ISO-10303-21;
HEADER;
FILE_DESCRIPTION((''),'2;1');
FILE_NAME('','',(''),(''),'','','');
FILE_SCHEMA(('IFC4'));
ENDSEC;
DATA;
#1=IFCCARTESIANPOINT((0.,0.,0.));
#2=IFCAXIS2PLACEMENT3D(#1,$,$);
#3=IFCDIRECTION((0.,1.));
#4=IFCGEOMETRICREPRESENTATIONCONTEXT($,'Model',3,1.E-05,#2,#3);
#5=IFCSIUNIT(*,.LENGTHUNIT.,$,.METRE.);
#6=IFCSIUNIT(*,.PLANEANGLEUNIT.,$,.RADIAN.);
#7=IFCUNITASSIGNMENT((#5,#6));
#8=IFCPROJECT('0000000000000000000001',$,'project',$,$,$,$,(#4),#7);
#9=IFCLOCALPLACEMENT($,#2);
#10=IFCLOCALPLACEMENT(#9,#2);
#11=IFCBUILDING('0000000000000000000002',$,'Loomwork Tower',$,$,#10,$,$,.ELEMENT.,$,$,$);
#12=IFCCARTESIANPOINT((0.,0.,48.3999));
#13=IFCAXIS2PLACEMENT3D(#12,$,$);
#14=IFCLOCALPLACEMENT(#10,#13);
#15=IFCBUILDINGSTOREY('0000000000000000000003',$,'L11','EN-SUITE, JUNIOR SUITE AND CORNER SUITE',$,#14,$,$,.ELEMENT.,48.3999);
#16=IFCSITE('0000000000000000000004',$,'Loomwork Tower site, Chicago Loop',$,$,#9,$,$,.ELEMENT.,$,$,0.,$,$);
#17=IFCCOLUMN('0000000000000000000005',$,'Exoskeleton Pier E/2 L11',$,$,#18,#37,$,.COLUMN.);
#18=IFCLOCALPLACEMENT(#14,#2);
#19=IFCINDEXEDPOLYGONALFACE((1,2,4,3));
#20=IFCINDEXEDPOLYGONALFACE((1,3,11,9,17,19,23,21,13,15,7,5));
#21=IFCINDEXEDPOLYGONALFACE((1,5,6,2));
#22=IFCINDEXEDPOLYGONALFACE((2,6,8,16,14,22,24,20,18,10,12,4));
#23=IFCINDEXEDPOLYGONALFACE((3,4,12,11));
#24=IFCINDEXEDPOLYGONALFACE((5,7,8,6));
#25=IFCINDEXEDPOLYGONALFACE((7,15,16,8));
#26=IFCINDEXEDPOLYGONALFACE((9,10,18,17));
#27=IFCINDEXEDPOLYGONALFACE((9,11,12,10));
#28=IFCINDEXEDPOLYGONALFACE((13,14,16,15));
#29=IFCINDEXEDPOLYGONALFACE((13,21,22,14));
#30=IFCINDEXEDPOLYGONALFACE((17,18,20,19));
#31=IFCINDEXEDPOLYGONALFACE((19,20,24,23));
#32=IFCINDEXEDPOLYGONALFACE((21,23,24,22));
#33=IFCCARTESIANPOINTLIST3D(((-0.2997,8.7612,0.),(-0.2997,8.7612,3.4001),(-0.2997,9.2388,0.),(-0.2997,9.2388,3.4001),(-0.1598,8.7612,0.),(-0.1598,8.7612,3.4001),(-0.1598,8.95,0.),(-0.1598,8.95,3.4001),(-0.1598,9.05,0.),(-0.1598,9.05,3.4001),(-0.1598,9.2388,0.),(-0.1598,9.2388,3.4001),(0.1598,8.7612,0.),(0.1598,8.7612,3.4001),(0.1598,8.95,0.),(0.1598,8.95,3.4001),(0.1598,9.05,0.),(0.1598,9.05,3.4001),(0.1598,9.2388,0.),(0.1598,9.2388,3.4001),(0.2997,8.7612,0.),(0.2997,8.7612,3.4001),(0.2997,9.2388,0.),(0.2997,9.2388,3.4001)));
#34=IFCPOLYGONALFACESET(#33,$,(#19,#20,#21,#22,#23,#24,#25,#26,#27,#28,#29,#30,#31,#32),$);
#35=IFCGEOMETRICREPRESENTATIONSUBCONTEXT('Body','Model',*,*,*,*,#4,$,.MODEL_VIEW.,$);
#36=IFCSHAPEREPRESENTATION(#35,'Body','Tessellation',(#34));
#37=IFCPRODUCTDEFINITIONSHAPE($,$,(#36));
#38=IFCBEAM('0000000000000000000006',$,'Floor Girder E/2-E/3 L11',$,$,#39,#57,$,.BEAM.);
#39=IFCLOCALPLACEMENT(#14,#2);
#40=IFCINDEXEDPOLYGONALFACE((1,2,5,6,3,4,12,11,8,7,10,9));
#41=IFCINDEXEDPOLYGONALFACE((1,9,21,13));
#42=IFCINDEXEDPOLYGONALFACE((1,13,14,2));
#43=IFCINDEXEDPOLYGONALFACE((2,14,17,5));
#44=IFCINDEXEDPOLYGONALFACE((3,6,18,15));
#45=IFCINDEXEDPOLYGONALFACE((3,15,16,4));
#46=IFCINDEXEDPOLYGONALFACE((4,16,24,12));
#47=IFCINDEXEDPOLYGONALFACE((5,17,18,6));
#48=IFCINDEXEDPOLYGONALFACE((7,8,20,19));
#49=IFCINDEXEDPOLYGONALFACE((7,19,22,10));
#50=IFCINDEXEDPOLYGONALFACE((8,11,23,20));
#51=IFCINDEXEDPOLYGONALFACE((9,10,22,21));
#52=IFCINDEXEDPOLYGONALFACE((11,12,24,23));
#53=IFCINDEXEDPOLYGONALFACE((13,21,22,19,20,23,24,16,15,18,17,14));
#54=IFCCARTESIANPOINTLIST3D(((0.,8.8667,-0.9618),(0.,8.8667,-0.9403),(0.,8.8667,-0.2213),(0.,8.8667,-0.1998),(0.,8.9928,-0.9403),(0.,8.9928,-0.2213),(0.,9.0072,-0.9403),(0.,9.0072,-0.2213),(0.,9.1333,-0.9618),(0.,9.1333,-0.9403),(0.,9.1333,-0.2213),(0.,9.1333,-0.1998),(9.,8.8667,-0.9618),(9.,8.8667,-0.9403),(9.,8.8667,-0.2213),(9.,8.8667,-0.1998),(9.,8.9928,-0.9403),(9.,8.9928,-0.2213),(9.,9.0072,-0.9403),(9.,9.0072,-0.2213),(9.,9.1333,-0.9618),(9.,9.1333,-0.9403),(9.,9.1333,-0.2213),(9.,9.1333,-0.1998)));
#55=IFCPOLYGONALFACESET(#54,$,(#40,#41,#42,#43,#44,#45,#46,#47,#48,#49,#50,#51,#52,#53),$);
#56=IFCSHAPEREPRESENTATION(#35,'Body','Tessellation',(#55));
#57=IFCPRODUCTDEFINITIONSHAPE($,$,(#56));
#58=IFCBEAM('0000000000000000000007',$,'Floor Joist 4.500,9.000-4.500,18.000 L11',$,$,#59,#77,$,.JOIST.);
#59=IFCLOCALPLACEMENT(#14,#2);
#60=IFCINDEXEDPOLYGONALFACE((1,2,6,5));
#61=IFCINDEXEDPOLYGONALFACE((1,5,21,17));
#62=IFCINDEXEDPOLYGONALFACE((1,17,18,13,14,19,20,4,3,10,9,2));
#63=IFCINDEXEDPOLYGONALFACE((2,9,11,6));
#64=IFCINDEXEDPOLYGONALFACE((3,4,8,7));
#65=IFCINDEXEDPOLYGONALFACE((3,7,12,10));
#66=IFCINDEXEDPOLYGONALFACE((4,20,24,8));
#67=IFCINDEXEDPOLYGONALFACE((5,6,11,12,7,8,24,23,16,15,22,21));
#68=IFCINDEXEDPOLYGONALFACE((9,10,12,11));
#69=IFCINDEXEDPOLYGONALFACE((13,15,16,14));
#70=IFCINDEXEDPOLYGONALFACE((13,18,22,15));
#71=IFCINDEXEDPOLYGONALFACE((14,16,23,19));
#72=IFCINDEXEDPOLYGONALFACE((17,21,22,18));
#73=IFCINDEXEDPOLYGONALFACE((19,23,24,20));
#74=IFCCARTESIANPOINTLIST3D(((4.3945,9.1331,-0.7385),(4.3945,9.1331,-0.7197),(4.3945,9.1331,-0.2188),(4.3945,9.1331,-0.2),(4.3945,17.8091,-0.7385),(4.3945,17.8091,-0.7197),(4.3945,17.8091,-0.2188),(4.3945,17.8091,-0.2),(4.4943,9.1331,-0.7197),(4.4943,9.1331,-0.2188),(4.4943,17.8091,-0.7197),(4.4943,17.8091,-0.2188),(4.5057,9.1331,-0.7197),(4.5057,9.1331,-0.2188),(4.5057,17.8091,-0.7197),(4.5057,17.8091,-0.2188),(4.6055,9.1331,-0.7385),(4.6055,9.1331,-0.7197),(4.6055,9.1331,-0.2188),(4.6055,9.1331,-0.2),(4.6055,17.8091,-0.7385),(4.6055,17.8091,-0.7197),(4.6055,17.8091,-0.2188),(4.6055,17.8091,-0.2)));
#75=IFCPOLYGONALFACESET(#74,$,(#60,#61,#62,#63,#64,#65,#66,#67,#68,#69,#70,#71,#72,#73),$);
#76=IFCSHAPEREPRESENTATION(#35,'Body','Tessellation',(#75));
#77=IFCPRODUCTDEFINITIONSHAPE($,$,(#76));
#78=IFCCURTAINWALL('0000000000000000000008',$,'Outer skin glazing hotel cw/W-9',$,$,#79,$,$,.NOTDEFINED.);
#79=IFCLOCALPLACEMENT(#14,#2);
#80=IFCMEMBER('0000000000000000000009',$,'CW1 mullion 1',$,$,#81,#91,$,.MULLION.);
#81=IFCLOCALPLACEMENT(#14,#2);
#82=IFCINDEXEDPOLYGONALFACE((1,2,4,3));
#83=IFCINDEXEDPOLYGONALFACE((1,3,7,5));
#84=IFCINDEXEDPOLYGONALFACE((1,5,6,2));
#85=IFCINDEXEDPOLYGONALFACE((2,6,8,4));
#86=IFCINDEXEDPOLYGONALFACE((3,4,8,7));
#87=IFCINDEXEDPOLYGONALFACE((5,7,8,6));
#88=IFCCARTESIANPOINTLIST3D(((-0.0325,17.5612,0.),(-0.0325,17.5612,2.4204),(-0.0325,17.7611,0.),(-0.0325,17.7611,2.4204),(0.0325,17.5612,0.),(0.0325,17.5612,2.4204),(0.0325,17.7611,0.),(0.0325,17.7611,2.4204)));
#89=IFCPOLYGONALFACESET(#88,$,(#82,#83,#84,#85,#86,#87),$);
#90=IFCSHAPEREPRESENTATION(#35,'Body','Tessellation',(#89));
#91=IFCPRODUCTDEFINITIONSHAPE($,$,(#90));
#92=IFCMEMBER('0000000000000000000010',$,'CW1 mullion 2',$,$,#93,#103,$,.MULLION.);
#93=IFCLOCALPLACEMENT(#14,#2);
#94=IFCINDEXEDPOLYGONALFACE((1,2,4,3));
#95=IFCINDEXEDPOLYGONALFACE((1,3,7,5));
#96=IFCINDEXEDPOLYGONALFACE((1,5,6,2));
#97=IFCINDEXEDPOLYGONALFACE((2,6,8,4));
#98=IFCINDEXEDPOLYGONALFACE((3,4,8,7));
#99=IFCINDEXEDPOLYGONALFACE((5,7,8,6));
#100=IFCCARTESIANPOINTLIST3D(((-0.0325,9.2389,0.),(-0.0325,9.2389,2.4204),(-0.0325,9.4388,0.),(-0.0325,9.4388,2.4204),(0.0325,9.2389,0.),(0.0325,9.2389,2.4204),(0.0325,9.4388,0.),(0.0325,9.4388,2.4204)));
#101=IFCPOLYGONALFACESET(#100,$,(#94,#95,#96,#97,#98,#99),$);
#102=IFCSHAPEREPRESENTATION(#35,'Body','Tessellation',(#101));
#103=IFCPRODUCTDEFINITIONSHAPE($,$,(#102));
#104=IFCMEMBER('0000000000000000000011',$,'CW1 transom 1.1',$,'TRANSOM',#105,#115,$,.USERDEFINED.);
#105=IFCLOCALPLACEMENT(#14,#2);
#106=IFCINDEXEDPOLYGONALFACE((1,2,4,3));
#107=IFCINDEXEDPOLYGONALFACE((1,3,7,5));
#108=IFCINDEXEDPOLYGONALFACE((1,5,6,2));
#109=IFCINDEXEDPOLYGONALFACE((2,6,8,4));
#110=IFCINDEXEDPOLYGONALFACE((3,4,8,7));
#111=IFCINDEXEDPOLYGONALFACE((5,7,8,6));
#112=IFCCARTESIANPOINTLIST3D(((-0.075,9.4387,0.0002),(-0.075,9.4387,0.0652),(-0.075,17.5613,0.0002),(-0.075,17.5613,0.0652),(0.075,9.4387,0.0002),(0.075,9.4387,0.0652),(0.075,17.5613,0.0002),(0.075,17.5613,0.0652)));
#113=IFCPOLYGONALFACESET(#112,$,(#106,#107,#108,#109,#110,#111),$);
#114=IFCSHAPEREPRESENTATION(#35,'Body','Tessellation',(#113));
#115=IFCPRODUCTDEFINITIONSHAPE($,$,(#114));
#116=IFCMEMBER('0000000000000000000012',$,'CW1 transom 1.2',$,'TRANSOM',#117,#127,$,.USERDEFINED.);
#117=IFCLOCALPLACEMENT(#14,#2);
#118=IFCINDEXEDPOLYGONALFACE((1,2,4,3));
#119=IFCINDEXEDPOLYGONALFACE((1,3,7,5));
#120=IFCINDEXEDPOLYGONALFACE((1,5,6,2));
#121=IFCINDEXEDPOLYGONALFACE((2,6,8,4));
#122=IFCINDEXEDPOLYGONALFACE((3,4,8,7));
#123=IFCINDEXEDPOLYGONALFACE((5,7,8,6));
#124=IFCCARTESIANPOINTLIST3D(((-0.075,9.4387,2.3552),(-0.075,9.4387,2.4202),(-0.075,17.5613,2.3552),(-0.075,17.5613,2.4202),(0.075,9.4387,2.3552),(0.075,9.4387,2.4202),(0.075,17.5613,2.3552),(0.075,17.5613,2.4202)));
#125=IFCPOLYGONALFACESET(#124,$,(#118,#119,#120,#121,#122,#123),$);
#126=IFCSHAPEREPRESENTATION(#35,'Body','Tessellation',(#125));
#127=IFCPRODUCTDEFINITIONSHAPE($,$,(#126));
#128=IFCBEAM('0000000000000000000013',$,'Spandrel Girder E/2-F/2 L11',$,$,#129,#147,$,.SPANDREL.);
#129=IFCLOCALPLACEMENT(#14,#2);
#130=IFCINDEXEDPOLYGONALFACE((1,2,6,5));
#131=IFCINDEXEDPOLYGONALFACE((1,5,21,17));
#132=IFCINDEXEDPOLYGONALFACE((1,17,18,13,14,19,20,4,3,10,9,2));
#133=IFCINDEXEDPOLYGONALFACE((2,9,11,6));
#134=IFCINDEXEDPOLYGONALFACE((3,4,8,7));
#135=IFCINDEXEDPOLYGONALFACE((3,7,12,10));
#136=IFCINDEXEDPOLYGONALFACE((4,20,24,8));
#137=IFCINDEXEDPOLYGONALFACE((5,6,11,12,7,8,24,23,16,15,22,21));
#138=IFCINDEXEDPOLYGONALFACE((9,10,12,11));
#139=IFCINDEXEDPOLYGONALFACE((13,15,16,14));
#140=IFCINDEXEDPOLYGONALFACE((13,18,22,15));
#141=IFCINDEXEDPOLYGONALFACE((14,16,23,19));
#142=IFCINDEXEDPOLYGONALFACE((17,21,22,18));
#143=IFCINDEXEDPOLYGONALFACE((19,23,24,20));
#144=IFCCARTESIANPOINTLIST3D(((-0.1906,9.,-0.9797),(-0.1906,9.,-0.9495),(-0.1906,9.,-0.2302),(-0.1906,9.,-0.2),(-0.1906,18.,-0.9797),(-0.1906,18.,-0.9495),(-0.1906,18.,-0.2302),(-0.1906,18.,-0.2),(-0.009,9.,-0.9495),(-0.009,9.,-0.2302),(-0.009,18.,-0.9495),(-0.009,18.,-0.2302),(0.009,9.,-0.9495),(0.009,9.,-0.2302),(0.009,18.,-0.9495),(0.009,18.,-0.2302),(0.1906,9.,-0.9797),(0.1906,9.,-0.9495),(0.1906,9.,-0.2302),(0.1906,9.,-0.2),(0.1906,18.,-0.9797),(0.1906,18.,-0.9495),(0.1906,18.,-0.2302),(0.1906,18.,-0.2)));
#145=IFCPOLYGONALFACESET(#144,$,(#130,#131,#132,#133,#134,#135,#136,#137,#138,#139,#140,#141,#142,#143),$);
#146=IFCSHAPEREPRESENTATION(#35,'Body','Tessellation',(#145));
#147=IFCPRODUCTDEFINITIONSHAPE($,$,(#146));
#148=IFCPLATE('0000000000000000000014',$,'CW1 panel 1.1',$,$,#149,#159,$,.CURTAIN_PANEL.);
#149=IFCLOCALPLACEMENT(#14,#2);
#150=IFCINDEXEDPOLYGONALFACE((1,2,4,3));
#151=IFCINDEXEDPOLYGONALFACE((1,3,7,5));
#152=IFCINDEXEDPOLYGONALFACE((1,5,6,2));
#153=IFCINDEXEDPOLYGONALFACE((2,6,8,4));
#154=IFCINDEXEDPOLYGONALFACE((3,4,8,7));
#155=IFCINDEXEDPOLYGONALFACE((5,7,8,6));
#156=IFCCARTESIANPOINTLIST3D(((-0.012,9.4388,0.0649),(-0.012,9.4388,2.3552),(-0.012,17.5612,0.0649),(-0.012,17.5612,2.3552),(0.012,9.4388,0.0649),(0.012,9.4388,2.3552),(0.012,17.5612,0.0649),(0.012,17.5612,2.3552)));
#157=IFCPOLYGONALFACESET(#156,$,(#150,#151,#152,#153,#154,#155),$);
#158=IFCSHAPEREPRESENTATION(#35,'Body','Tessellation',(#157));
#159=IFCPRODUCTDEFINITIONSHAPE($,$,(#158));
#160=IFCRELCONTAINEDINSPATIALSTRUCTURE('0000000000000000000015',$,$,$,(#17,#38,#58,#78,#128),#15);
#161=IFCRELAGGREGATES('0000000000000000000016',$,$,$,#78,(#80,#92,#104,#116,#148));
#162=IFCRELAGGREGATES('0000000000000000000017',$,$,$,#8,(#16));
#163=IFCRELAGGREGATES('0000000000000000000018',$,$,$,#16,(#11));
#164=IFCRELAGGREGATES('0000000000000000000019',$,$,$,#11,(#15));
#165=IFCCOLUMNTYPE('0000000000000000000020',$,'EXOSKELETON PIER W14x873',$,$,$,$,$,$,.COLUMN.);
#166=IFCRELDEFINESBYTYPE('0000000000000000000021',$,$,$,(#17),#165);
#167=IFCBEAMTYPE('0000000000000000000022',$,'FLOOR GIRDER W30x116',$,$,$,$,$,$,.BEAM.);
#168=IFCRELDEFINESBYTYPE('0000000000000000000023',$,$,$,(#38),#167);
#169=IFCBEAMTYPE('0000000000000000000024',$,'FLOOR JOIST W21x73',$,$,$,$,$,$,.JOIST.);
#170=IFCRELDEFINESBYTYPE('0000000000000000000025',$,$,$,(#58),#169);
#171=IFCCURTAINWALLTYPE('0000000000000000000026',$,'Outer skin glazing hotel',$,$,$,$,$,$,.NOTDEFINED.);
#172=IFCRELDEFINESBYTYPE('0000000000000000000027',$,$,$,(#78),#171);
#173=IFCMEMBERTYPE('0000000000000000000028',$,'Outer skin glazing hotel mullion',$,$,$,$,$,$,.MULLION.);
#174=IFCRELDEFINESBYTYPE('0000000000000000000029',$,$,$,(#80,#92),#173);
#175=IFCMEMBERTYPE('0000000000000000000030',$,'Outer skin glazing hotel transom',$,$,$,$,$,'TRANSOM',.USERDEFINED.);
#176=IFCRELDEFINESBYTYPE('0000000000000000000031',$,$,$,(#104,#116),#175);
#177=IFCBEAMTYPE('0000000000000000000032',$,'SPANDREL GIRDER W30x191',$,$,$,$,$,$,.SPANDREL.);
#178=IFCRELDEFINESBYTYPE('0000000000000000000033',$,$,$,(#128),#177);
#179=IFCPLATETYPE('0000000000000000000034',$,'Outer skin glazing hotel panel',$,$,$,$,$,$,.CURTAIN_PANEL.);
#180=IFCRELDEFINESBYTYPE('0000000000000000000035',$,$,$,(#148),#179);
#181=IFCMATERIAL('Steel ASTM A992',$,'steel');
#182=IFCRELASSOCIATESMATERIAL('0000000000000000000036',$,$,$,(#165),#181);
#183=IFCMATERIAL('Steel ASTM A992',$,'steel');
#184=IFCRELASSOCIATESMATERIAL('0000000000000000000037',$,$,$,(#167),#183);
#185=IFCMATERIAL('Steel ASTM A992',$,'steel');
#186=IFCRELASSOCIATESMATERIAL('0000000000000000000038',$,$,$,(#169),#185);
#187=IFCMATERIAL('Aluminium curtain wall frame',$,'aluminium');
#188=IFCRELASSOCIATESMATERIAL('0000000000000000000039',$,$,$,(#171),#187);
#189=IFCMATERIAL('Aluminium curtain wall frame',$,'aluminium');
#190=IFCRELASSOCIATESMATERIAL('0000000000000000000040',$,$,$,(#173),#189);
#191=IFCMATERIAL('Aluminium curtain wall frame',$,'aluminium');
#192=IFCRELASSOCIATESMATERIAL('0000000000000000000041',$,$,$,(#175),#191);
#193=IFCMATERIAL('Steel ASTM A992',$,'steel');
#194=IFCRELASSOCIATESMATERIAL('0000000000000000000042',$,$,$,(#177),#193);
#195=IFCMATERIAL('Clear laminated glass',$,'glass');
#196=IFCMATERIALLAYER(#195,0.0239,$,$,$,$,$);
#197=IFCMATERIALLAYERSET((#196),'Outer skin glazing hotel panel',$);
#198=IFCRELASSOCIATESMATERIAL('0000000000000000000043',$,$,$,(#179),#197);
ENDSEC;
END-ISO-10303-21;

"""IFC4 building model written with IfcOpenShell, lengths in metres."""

from ifc_helpers import new_model, si_unit, direction, frame, origin, origin_2d, place, context, subcontext, project, spatial, rectangle, i_section, extrude, material, layer, layer_set, material_profile, profile_set, type_object, element, aggregate, save


model = new_model("IFC4")

# Units and contexts
model_context = context("Model", 3, precision=1e-05, world=origin(), true_north=direction((0.0, 1.0)))
body_context = subcontext(model_context, "Body", "Model", "MODEL_VIEW")
ifc_project = project(units=[si_unit("LENGTHUNIT", "METRE"), si_unit("PLANEANGLEUNIT", "RADIAN")], contexts=[model_context])

# Site, building, storey
site_placement = place(None, origin())
site = spatial("IfcSite", under=ifc_project, at=site_placement, Name="Loomwork Tower site, Chicago Loop", CompositionType="ELEMENT", RefElevation=0.0)
building_placement = place(site_placement, origin())
building = spatial("IfcBuilding", under=site, at=building_placement, Name="Loomwork Tower", CompositionType="ELEMENT")
storey_placement = place(building_placement, frame((0.0, 0.0, 48.3999)))
storey = spatial("IfcBuildingStorey", under=building, at=storey_placement, Name="L11", Description="EN-SUITE, JUNIOR SUITE AND CORNER SUITE", CompositionType="ELEMENT", Elevation=48.3999)

# Column
ifc_material_1 = material(Name="Steel ASTM A992", Category="steel")
ifc_material_profile_1 = material_profile(ifc_material_1, i_section(OverallWidth=0.4775, OverallDepth=0.5994, WebThickness=0.1001, FlangeThickness=0.1399, at=origin_2d()), Name="W14x873")
ifc_profile_set_1 = profile_set([ifc_material_profile_1], Name="Steel ASTM A992")
column_type = type_object("IfcColumnType", Name="EXOSKELETON PIER W14x873", PredefinedType="COLUMN", material=ifc_profile_set_1)
column_placement = place(storey_placement, frame((0.0, 9.0, 0.0), z_axis=(0.0, 0.0, 1.0), x_axis=(0.0, 1.0, 0.0)))
element("IfcColumn", 1, at=column_placement, inside=storey, type_object=column_type, Name="Exoskeleton Pier E/2 L11", PredefinedType="COLUMN", context=body_context, shape_type="SweptSolid", body=[
    extrude(i_section(OverallWidth=0.4775, OverallDepth=0.5994, WebThickness=0.1001, FlangeThickness=0.1399, at=origin_2d()), origin(), (0.0, 0.0, 1.0), 3.4001),
])

# Beams
ifc_material_2 = material(Name="Steel ASTM A992", Category="steel")
ifc_material_profile_2 = material_profile(ifc_material_2, i_section(OverallWidth=0.2666, OverallDepth=0.762, WebThickness=0.0144, FlangeThickness=0.0215, at=origin_2d()), Name="W30x116")
ifc_profile_set_2 = profile_set([ifc_material_profile_2], Name="Steel ASTM A992")
beam_type_1 = type_object("IfcBeamType", Name="FLOOR GIRDER W30x116", PredefinedType="BEAM", material=ifc_profile_set_2)
beam_1_placement = place(storey_placement, frame((0.0, 9.0, -0.5808), z_axis=(1.0, 0.0, 0.0), x_axis=(0.0, 1.0, 0.0)))
element("IfcBeam", 2, at=beam_1_placement, inside=storey, type_object=beam_type_1, Name="Floor Girder E/2-E/3 L11", PredefinedType="BEAM", context=body_context, shape_type="SweptSolid", body=[
    extrude(i_section(OverallWidth=0.2666, OverallDepth=0.762, WebThickness=0.0144, FlangeThickness=0.0215, at=origin_2d()), origin(), (0.0, 0.0, 1.0), 9.0),
])
ifc_material_3 = material(Name="Steel ASTM A992", Category="steel")
ifc_material_profile_3 = material_profile(ifc_material_3, i_section(OverallWidth=0.2109, OverallDepth=0.5386, WebThickness=0.0115, FlangeThickness=0.0188, at=origin_2d()), Name="W21x73")
ifc_profile_set_3 = profile_set([ifc_material_profile_3], Name="Steel ASTM A992")
beam_type_2 = type_object("IfcBeamType", Name="FLOOR JOIST W21x73", PredefinedType="JOIST", material=ifc_profile_set_3)
beam_2_placement = place(storey_placement, frame((4.5, 9.1331, -0.4692), z_axis=(0.0, 1.0, 0.0), x_axis=(-1.0, 0.0, 0.0)))
element("IfcBeam", 3, at=beam_2_placement, inside=storey, type_object=beam_type_2, Name="Floor Joist 4.500,9.000-4.500,18.000 L11", PredefinedType="JOIST", context=body_context, shape_type="SweptSolid", body=[
    extrude(i_section(OverallWidth=0.2109, OverallDepth=0.5386, WebThickness=0.0115, FlangeThickness=0.0188, at=origin_2d()), origin(), (0.0, 0.0, 1.0), 8.676),
])

# Curtain wall, members
ifc_material_4 = material(Name="Aluminium curtain wall frame", Category="aluminium")
curtain_wall_type = type_object("IfcCurtainWallType", Name="Outer skin glazing hotel", PredefinedType="NOTDEFINED", material=ifc_material_4)
curtain_wall_placement = place(storey_placement, origin())
curtain_wall = element("IfcCurtainWall", 4, at=curtain_wall_placement, inside=storey, type_object=curtain_wall_type, Name="Outer skin glazing hotel cw/W-9", PredefinedType="NOTDEFINED")
ifc_material_5 = material(Name="Aluminium curtain wall frame", Category="aluminium")
ifc_material_profile_4 = material_profile(ifc_material_5, rectangle(XDim=0.0649, YDim=0.2, at=origin_2d()), Name="AL 65x200")
ifc_profile_set_4 = profile_set([ifc_material_profile_4], Name="Aluminium curtain wall frame")
member_type_1 = type_object("IfcMemberType", Name="Outer skin glazing hotel mullion", PredefinedType="MULLION", material=ifc_profile_set_4)
member_1_placement = place(storey_placement, frame((0.0, 17.6611, 0.0), z_axis=(0.0, 0.0, 1.0), x_axis=(1.0, 0.0, 0.0)))
member_1 = element("IfcMember", 5, at=member_1_placement, type_object=member_type_1, Name="CW1 mullion 1", PredefinedType="MULLION", context=body_context, shape_type="SweptSolid", body=[
    extrude(rectangle(XDim=0.0649, YDim=0.2, at=origin_2d()), origin(), (0.0, 0.0, 1.0), 2.4204),
])
member_2_placement = place(storey_placement, frame((0.0, 9.3389, 0.0), z_axis=(0.0, 0.0, 1.0), x_axis=(1.0, 0.0, 0.0)))
member_2 = element("IfcMember", 6, at=member_2_placement, type_object=member_type_1, Name="CW1 mullion 2", PredefinedType="MULLION", context=body_context, shape_type="SweptSolid", body=[
    extrude(rectangle(XDim=0.0649, YDim=0.2, at=origin_2d()), origin(), (0.0, 0.0, 1.0), 2.4204),
])
ifc_material_6 = material(Name="Aluminium curtain wall frame", Category="aluminium")
ifc_material_profile_5 = material_profile(ifc_material_6, rectangle(XDim=0.1499, YDim=0.0649, at=origin_2d()), Name="AL 65x150")
ifc_profile_set_5 = profile_set([ifc_material_profile_5], Name="Aluminium curtain wall frame")
member_type_2 = type_object("IfcMemberType", Name="Outer skin glazing hotel transom", ElementType="TRANSOM", PredefinedType="USERDEFINED", material=ifc_profile_set_5)
member_3_placement = place(storey_placement, frame((0.0, 17.5613, 0.0327), z_axis=(0.0, -1.0, 0.0), x_axis=(1.0, 0.0, 0.0)))
member_3 = element("IfcMember", 7, at=member_3_placement, type_object=member_type_2, Name="CW1 transom 1.1", ObjectType="TRANSOM", PredefinedType="USERDEFINED", context=body_context, shape_type="SweptSolid", body=[
    extrude(rectangle(XDim=0.1499, YDim=0.0649, at=origin_2d()), origin(), (0.0, 0.0, 1.0), 8.1226),
])
member_4_placement = place(storey_placement, frame((0.0, 17.5613, 2.3877), z_axis=(0.0, -1.0, 0.0), x_axis=(1.0, 0.0, 0.0)))
member_4 = element("IfcMember", 8, at=member_4_placement, type_object=member_type_2, Name="CW1 transom 1.2", ObjectType="TRANSOM", PredefinedType="USERDEFINED", context=body_context, shape_type="SweptSolid", body=[
    extrude(rectangle(XDim=0.1499, YDim=0.0649, at=origin_2d()), origin(), (0.0, 0.0, 1.0), 8.1226),
])

# Beam
ifc_material_7 = material(Name="Steel ASTM A992", Category="steel")
ifc_material_profile_6 = material_profile(ifc_material_7, i_section(OverallWidth=0.3811, OverallDepth=0.7798, WebThickness=0.0181, FlangeThickness=0.0303, at=origin_2d()), Name="W30x191")
ifc_profile_set_6 = profile_set([ifc_material_profile_6], Name="Steel ASTM A992")
beam_type_3 = type_object("IfcBeamType", Name="SPANDREL GIRDER W30x191", PredefinedType="SPANDREL", material=ifc_profile_set_6)
beam_3_placement = place(storey_placement, frame((0.0, 9.0, -0.5898), z_axis=(0.0, 1.0, 0.0), x_axis=(-1.0, 0.0, 0.0)))
element("IfcBeam", 9, at=beam_3_placement, inside=storey, type_object=beam_type_3, Name="Spandrel Girder E/2-F/2 L11", PredefinedType="SPANDREL", context=body_context, shape_type="SweptSolid", body=[
    extrude(i_section(OverallWidth=0.3811, OverallDepth=0.7798, WebThickness=0.0181, FlangeThickness=0.0303, at=origin_2d()), origin(), (0.0, 0.0, 1.0), 9.0),
])

# Plate
ifc_material_8 = material(Name="Clear laminated glass", Category="glass")
ifc_layer_1 = layer(ifc_material_8, 0.0239)
ifc_layer_set_1 = layer_set([ifc_layer_1], Name="Outer skin glazing hotel panel")
plate_type = type_object("IfcPlateType", Name="Outer skin glazing hotel panel", PredefinedType="CURTAIN_PANEL", material=ifc_layer_set_1)
plate_placement = place(storey_placement, frame((0.0, 13.5, 0.0649), z_axis=(0.0, 0.0, 1.0), x_axis=(0.0, -1.0, 0.0)))
plate = element("IfcPlate", 10, at=plate_placement, type_object=plate_type, Name="CW1 panel 1.1", PredefinedType="CURTAIN_PANEL", context=body_context, shape_type="SweptSolid", body=[
    extrude(rectangle(XDim=8.1223, YDim=0.0239, at=origin_2d()), origin(), (0.0, 0.0, 1.0), 2.2903),
])
aggregate(curtain_wall, [member_1, member_2, member_3, member_4, plate])

save(model, "model.ifc")
